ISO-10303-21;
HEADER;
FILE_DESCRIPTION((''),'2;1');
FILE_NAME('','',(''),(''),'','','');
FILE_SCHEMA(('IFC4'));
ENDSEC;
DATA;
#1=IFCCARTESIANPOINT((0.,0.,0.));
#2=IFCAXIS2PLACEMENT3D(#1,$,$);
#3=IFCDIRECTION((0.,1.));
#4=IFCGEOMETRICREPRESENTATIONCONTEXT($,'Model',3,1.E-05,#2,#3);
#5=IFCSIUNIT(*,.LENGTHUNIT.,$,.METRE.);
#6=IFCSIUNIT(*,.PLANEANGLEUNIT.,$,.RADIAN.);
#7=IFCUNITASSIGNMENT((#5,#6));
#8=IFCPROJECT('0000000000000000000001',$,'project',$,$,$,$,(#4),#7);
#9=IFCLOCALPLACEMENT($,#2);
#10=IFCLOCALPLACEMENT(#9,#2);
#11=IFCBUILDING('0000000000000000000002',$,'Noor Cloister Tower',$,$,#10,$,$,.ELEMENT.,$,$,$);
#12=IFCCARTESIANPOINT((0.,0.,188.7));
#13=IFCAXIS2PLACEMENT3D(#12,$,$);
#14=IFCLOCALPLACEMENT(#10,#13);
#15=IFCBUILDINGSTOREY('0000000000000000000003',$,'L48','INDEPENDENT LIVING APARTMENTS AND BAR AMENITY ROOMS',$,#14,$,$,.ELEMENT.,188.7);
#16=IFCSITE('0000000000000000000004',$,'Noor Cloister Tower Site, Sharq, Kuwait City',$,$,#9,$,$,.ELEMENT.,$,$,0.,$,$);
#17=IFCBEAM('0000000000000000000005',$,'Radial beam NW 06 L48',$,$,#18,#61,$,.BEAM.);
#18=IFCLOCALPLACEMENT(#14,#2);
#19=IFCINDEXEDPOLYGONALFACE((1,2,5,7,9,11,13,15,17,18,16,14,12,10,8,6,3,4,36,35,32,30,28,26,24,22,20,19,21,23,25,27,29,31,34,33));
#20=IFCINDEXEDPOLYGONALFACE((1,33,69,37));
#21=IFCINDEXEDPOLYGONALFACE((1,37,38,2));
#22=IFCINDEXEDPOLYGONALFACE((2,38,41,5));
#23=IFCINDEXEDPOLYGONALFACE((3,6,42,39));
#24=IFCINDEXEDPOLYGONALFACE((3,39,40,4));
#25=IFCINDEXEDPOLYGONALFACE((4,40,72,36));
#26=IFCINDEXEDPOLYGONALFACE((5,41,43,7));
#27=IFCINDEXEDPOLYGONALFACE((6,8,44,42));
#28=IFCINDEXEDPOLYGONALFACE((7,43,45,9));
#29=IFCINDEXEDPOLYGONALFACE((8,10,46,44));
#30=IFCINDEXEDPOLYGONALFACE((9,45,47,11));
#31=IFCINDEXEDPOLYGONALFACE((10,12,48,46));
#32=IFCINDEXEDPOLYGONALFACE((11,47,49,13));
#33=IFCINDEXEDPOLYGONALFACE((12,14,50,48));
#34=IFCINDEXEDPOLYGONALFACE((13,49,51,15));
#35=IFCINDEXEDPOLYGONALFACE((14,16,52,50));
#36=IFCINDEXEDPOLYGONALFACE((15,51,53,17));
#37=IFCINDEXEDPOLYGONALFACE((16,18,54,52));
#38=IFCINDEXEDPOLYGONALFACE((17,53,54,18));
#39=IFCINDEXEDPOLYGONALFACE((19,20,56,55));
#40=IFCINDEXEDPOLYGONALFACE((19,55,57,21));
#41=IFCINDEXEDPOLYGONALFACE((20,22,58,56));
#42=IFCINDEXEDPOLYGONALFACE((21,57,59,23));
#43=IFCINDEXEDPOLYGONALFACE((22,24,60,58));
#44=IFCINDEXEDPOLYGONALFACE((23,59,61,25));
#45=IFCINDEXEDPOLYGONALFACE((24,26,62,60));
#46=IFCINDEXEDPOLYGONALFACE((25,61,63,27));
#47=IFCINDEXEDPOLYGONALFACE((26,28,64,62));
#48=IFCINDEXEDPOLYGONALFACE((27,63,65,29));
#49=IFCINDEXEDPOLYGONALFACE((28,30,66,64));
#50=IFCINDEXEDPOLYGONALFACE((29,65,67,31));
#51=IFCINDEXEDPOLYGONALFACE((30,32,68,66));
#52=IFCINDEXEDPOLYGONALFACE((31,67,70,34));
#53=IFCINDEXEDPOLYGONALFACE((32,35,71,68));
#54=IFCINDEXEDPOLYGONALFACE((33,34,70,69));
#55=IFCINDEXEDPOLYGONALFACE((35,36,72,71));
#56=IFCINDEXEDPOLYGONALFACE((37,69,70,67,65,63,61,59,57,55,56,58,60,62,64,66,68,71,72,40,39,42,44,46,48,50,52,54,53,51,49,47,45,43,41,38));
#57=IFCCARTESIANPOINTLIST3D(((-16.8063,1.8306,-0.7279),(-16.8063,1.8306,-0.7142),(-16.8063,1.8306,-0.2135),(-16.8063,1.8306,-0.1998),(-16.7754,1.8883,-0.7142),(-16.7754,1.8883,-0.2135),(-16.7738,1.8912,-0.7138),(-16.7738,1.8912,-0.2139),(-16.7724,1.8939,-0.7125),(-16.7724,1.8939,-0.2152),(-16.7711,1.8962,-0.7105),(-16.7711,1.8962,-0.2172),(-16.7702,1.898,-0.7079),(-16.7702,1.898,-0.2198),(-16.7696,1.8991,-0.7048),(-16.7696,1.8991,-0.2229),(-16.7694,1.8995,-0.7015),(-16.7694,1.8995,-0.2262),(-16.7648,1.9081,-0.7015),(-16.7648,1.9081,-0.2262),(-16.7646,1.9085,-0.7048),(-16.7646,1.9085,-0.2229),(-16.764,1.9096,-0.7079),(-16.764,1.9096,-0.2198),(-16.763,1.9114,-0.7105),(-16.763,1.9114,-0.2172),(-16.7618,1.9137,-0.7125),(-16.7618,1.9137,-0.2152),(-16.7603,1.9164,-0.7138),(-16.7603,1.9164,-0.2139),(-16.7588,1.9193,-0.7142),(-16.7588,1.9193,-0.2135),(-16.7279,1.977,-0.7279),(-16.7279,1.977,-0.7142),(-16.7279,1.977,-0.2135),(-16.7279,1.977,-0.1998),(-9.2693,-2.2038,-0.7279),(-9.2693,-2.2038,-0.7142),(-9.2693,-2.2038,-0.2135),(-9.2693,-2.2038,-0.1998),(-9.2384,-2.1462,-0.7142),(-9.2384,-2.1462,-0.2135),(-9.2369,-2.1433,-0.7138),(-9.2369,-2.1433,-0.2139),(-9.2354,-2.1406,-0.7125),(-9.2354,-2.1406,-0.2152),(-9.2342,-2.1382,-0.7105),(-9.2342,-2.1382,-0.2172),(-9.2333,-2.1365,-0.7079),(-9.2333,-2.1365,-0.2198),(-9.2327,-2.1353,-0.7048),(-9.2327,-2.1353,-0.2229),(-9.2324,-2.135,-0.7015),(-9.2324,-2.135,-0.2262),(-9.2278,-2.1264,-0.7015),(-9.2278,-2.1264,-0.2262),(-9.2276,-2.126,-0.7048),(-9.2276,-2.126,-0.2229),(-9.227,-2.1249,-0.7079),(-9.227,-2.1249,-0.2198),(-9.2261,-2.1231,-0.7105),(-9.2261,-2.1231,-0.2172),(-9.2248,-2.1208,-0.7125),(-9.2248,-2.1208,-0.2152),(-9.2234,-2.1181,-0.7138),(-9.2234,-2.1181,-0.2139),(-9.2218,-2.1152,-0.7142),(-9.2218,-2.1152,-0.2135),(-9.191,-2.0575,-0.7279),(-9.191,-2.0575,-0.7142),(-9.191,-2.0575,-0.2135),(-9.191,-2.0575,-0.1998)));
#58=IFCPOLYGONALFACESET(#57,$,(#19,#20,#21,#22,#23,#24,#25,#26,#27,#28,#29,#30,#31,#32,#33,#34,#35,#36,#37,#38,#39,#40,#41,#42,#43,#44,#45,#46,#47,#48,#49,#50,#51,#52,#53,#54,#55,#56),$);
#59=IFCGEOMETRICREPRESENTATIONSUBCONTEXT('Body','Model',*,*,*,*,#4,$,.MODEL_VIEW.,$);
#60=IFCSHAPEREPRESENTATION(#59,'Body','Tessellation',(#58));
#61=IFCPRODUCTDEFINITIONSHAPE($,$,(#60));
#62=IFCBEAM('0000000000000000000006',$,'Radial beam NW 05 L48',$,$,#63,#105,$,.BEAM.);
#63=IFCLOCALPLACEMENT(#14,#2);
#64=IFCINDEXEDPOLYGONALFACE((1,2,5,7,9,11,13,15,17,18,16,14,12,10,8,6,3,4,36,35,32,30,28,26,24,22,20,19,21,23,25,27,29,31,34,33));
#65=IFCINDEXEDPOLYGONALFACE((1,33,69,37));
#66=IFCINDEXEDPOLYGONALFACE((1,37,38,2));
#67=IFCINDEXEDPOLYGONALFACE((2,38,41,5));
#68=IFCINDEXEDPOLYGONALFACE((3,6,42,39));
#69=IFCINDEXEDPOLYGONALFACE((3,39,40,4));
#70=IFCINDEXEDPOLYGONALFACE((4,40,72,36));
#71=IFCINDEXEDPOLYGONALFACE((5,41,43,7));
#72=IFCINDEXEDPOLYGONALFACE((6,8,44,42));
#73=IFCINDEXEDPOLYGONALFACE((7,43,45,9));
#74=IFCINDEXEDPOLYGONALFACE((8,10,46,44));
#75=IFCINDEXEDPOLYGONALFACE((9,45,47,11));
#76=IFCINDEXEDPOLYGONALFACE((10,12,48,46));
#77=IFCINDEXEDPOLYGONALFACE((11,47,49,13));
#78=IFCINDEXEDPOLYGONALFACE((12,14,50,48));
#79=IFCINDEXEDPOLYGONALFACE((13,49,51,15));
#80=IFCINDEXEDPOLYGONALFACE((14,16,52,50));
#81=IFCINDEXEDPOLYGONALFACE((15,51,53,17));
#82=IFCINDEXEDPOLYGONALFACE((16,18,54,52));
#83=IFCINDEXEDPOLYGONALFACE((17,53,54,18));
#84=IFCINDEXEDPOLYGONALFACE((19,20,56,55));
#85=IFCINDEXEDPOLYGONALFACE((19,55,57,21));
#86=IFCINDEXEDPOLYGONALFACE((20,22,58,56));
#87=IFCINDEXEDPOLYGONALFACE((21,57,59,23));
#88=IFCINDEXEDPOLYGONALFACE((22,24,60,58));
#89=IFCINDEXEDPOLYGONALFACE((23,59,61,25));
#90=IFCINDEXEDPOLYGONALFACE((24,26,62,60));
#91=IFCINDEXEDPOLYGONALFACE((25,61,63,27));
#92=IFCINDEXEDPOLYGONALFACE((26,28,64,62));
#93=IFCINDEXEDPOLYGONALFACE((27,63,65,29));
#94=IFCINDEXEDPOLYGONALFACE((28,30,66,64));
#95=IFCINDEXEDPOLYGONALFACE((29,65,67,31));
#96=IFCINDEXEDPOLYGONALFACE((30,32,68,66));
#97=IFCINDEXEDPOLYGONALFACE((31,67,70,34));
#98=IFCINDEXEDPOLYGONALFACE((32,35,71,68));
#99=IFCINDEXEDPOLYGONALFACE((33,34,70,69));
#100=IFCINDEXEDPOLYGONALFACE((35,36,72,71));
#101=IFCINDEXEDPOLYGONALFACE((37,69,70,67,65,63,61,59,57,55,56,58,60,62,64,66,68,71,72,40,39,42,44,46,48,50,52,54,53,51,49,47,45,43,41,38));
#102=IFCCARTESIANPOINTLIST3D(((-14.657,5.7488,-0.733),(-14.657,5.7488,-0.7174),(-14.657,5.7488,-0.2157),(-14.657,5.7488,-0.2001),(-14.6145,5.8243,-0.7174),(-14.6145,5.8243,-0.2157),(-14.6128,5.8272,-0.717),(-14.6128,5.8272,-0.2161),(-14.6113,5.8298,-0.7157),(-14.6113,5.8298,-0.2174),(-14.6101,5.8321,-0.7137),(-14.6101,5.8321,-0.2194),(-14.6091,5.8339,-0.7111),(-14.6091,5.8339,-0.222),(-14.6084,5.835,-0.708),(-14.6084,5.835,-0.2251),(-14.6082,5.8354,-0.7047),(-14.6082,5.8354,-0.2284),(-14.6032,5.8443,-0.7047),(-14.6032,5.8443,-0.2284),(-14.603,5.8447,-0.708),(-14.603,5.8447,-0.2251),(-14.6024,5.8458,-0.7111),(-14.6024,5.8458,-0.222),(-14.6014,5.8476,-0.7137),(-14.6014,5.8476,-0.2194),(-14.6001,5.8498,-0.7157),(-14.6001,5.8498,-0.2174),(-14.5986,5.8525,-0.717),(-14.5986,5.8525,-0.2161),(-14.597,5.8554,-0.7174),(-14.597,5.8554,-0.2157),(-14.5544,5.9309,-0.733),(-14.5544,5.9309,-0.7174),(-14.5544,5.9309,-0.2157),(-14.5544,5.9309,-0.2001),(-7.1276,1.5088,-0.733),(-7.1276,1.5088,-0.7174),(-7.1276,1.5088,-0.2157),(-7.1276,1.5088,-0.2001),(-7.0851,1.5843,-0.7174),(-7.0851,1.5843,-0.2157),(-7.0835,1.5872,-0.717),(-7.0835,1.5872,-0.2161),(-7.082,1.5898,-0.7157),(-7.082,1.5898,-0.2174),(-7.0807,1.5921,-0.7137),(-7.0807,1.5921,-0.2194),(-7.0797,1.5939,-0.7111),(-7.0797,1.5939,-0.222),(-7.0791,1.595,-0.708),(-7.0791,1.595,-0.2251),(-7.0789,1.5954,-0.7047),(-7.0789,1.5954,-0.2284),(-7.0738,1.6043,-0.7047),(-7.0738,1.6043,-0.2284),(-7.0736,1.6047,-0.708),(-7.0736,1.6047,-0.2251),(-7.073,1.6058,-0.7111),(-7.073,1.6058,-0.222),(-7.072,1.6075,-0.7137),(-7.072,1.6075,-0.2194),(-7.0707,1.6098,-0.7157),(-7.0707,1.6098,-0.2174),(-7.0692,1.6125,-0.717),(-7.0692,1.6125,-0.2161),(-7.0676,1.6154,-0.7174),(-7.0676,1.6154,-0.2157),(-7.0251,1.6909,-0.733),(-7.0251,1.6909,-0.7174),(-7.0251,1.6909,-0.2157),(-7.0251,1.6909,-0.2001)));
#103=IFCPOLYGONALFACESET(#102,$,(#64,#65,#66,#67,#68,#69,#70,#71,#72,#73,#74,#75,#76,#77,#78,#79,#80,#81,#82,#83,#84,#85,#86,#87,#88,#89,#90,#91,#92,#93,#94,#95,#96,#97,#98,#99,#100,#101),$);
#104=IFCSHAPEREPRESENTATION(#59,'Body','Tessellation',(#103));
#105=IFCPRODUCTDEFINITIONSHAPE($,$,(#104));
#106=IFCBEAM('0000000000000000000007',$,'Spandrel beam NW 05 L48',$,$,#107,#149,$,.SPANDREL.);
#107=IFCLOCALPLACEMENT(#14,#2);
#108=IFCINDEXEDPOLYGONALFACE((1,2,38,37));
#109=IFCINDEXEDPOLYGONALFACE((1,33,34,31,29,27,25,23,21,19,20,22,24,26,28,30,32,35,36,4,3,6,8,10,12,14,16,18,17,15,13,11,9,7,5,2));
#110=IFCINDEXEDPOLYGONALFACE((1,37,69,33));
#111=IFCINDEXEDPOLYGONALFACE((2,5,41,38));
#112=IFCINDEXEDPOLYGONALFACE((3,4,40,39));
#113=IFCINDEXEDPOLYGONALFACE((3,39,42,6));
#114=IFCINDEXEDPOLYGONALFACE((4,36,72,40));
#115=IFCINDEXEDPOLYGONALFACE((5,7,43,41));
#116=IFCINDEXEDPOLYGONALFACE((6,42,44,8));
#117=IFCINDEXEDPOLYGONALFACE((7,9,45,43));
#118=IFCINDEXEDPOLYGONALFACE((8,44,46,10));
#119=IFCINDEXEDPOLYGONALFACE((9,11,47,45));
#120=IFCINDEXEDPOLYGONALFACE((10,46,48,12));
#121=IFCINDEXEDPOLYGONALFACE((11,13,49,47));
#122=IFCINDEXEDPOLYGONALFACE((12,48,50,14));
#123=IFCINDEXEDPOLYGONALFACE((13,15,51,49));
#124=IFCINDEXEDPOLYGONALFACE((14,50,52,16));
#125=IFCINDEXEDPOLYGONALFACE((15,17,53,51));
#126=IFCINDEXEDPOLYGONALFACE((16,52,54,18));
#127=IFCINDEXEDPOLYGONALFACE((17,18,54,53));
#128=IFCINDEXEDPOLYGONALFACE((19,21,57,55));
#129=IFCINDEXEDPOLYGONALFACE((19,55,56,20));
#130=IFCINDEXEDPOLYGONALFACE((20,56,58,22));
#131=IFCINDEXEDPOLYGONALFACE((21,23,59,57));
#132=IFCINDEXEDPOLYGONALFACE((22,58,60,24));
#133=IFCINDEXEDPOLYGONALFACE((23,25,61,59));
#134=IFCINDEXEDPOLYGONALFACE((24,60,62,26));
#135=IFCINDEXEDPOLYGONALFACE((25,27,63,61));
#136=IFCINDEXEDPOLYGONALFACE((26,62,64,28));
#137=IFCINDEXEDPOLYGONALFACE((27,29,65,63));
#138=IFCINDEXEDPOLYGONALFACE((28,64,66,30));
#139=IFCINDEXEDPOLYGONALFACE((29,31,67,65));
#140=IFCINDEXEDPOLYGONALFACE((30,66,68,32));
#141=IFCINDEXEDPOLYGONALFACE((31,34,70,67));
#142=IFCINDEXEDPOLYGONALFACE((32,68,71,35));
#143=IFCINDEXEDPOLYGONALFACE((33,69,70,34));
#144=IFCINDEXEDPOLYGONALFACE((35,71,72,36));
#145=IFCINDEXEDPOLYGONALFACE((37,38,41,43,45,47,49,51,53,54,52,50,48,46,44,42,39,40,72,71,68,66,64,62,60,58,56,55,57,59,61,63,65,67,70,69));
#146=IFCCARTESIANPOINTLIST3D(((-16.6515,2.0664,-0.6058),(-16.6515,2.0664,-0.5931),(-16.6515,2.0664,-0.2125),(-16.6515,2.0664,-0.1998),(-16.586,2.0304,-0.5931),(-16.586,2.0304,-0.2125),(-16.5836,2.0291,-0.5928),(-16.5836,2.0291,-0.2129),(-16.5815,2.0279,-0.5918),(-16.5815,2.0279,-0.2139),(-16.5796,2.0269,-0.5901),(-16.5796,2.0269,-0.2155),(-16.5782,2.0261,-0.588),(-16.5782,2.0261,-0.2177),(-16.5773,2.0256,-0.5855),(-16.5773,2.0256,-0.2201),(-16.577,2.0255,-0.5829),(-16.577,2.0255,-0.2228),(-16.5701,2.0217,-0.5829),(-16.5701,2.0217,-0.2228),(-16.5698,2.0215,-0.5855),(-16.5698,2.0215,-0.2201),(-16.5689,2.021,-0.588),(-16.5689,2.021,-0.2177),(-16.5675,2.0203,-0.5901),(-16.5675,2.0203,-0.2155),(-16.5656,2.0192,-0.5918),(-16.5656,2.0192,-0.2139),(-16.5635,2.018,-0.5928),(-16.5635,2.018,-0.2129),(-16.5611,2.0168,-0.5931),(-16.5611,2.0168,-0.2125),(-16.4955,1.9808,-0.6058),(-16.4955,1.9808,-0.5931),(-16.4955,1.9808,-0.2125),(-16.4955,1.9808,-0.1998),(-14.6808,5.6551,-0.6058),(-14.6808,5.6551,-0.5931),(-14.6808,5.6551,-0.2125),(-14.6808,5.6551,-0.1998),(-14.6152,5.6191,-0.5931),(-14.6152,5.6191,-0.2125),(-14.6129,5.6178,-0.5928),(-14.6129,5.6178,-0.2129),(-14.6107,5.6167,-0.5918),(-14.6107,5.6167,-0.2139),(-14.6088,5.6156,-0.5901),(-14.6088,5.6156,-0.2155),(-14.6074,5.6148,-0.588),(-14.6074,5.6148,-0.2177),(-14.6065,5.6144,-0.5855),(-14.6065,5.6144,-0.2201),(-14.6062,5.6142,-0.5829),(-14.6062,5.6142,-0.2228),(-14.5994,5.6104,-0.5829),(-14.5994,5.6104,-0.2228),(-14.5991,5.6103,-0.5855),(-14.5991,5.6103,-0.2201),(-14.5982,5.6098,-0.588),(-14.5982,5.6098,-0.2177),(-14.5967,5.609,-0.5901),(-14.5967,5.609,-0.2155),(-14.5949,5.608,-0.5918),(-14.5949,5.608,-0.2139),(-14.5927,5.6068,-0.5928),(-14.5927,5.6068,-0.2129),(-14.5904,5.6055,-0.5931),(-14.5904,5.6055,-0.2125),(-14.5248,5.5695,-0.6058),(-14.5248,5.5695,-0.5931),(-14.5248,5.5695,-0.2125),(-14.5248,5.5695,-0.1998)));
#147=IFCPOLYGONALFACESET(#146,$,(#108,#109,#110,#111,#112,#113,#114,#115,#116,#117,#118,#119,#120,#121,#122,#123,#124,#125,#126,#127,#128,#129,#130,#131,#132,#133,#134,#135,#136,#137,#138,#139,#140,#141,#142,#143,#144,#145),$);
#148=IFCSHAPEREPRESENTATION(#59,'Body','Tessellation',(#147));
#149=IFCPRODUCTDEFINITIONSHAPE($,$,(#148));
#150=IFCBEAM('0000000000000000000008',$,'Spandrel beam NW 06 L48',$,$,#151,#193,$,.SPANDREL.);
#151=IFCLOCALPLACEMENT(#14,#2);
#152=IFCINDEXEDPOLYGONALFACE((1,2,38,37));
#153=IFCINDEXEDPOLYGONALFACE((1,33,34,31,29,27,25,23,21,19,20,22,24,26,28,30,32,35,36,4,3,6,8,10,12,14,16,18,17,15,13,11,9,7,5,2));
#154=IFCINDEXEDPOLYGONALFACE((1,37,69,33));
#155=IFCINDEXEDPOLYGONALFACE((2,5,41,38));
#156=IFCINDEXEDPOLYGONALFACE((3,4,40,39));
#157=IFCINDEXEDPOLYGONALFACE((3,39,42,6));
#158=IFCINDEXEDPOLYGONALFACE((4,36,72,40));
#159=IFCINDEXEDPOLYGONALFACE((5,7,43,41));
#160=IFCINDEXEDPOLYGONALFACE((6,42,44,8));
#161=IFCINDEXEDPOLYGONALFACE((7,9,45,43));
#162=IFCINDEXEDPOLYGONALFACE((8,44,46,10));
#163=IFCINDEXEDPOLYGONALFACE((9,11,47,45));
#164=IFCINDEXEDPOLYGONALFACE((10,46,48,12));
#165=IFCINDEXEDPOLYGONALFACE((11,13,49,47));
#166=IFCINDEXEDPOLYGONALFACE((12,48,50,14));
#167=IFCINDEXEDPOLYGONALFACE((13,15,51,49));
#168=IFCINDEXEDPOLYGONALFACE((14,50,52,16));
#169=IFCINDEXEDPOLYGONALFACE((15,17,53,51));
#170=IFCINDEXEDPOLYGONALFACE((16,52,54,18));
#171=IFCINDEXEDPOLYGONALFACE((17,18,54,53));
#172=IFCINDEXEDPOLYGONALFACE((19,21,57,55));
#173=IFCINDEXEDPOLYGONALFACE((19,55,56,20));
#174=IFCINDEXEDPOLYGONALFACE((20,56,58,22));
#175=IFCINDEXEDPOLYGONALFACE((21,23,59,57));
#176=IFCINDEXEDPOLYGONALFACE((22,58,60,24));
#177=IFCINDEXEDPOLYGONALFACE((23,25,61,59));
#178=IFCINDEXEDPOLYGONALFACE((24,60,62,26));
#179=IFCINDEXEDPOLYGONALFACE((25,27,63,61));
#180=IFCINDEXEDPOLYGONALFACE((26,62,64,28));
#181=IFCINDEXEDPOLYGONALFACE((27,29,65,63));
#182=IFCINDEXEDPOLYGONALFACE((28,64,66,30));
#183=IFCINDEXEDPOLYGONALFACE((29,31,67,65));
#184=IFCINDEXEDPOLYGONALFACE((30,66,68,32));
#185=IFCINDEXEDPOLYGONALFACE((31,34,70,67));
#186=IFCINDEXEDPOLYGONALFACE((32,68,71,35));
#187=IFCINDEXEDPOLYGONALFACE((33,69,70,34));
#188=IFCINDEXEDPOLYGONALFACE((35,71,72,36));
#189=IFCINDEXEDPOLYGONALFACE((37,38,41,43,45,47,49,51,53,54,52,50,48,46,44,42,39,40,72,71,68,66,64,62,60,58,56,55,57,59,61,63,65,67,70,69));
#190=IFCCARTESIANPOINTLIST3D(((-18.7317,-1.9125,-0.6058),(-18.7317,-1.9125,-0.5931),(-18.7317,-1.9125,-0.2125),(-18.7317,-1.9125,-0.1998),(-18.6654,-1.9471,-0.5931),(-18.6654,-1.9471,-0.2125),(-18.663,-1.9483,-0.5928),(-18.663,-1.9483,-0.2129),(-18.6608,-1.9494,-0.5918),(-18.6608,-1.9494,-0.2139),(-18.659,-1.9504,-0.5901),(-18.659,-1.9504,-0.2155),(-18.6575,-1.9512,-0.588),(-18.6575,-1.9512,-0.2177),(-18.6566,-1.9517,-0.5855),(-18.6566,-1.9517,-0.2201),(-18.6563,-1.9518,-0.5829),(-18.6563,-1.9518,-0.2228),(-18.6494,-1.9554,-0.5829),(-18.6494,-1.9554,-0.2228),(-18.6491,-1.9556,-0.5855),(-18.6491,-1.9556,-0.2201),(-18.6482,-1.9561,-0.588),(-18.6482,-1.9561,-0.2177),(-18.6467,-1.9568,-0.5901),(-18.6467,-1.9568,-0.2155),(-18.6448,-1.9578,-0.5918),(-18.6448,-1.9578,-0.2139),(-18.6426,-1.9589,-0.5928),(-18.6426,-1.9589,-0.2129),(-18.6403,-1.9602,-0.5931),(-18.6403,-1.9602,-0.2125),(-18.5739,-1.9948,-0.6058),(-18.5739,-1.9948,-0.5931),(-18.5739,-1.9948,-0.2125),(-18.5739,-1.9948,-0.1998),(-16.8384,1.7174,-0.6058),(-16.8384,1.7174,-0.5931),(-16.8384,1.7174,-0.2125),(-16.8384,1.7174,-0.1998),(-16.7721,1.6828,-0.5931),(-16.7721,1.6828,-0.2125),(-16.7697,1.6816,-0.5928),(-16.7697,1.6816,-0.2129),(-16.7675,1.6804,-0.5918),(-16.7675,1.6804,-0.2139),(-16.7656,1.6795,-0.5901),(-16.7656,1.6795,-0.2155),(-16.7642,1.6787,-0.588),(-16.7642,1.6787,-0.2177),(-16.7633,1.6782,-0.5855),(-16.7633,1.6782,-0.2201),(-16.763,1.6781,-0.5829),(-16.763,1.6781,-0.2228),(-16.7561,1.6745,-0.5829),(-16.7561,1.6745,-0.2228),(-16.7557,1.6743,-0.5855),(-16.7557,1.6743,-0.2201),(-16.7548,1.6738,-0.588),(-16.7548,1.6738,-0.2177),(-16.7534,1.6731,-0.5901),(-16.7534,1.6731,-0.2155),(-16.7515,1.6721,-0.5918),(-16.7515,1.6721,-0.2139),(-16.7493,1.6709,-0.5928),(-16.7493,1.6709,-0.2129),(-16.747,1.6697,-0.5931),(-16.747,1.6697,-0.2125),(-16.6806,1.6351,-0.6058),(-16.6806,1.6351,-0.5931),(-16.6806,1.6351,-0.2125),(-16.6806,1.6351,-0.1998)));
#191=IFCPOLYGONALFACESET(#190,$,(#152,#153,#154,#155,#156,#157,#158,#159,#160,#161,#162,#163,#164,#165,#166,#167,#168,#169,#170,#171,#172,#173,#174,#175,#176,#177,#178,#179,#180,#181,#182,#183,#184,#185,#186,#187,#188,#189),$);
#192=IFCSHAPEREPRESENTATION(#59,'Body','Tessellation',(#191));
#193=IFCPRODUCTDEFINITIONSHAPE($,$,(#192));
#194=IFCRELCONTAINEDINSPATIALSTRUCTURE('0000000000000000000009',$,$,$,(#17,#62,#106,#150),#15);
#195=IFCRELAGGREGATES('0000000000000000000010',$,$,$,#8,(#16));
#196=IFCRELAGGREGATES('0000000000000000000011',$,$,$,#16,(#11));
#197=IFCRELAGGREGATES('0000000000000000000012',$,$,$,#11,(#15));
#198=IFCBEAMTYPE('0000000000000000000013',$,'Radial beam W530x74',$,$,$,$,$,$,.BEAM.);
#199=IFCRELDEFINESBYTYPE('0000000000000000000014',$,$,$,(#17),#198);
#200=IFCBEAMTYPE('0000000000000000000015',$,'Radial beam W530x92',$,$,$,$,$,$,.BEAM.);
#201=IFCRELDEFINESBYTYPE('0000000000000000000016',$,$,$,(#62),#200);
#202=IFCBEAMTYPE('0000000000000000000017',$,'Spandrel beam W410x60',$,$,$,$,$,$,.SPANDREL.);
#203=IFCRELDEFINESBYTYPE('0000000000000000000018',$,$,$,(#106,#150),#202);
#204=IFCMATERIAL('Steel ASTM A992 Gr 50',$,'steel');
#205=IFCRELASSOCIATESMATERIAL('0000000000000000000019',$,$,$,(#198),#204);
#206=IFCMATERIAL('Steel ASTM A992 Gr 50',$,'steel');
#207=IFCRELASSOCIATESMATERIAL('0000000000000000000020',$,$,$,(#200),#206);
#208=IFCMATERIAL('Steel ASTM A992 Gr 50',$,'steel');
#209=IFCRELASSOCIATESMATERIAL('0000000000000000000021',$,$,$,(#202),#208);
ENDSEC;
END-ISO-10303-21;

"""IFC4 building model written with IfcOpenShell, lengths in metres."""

from ifc_helpers import new_model, si_unit, direction, frame, origin, origin_2d, place, context, subcontext, project, spatial, i_section, extrude, material, material_profile, profile_set, type_object, element, save


model = new_model("IFC4")

# Units and contexts
model_context = context("Model", 3, precision=1e-05, world=origin(), true_north=direction((0.0, 1.0)))
body_context = subcontext(model_context, "Body", "Model", "MODEL_VIEW")
ifc_project = project(units=[si_unit("LENGTHUNIT", "METRE"), si_unit("PLANEANGLEUNIT", "RADIAN")], contexts=[model_context])

# Site, building, storey
site_placement = place(None, origin())
site = spatial("IfcSite", under=ifc_project, at=site_placement, Name="Noor Cloister Tower Site, Sharq, Kuwait City", CompositionType="ELEMENT", RefElevation=0.0)
building_placement = place(site_placement, origin())
building = spatial("IfcBuilding", under=site, at=building_placement, Name="Noor Cloister Tower", CompositionType="ELEMENT")
storey_placement = place(building_placement, frame((0.0, 0.0, 188.7)))
storey = spatial("IfcBuildingStorey", under=building, at=storey_placement, Name="L48", Description="INDEPENDENT LIVING APARTMENTS AND BAR AMENITY ROOMS", CompositionType="ELEMENT", Elevation=188.7)

# Beams
ifc_material_1 = material(Name="Steel ASTM A992 Gr 50", Category="steel")
ifc_material_profile_1 = material_profile(ifc_material_1, i_section(OverallWidth=0.166, OverallDepth=0.5281, WebThickness=0.0098, FlangeThickness=0.0137, FilletRadius=0.0127, at=origin_2d()), Name="W530x74")
ifc_profile_set_1 = profile_set([ifc_material_profile_1], Name="Steel ASTM A992 Gr 50")
beam_type_1 = type_object("IfcBeamType", Name="Radial beam W530x74", PredefinedType="BEAM", material=ifc_profile_set_1)
beam_1_placement = place(storey_placement, frame((-16.7671, 1.9038, -0.4639), z_axis=(0.881635, -0.471932, 0.0), x_axis=(0.471932, 0.881635, 0.0)))
element("IfcBeam", 1, at=beam_1_placement, inside=storey, type_object=beam_type_1, Name="Radial beam NW 06 L48", PredefinedType="BEAM", context=body_context, shape_type="SweptSolid", body=[
    extrude(i_section(OverallWidth=0.166, OverallDepth=0.5281, WebThickness=0.0098, FlangeThickness=0.0137, FilletRadius=0.0127, at=origin_2d()), origin(), (0.0, 0.0, 1.0), 8.5488),
])
ifc_material_2 = material(Name="Steel ASTM A992 Gr 50", Category="steel")
ifc_material_profile_2 = material_profile(ifc_material_2, i_section(OverallWidth=0.209, OverallDepth=0.533, WebThickness=0.0103, FlangeThickness=0.0156, FilletRadius=0.0127, at=origin_2d()), Name="W530x92")
ifc_profile_set_2 = profile_set([ifc_material_profile_2], Name="Steel ASTM A992 Gr 50")
beam_type_2 = type_object("IfcBeamType", Name="Radial beam W530x92", PredefinedType="BEAM", material=ifc_profile_set_2)
beam_2_placement = place(storey_placement, frame((-14.6057, 5.8398, -0.4666), z_axis=(0.87134, -0.49068, 0.0), x_axis=(0.49068, 0.87134, 0.0)))
element("IfcBeam", 2, at=beam_2_placement, inside=storey, type_object=beam_type_2, Name="Radial beam NW 05 L48", PredefinedType="BEAM", context=body_context, shape_type="SweptSolid", body=[
    extrude(i_section(OverallWidth=0.209, OverallDepth=0.533, WebThickness=0.0103, FlangeThickness=0.0156, FilletRadius=0.0127, at=origin_2d()), origin(), (0.0, 0.0, 1.0), 8.6411),
])
ifc_material_3 = material(Name="Steel ASTM A992 Gr 50", Category="steel")
ifc_material_profile_3 = material_profile(ifc_material_3, i_section(OverallWidth=0.178, OverallDepth=0.406, WebThickness=0.0078, FlangeThickness=0.0127, FilletRadius=0.0103, at=origin_2d()), Name="W410x60")
ifc_profile_set_3 = profile_set([ifc_material_profile_3], Name="Steel ASTM A992 Gr 50")
beam_type_3 = type_object("IfcBeamType", Name="Spandrel beam W410x60", PredefinedType="SPANDREL", material=ifc_profile_set_3)
beam_3_placement = place(storey_placement, frame((-14.6028, 5.6123, -0.4028), z_axis=(-0.481349, -0.876529, 0.0), x_axis=(0.876529, -0.481349, 0.0)))
element("IfcBeam", 3, at=beam_3_placement, inside=storey, type_object=beam_type_3, Name="Spandrel beam NW 05 L48", PredefinedType="SPANDREL", context=body_context, shape_type="SweptSolid", body=[
    extrude(i_section(OverallWidth=0.178, OverallDepth=0.406, WebThickness=0.0078, FlangeThickness=0.0127, FilletRadius=0.0103, at=origin_2d()), origin(), (0.0, 0.0, 1.0), 4.0942),
])
beam_4_placement = place(storey_placement, frame((-16.7595, 1.6763, -0.4028), z_axis=(-0.462462, -0.886639, 0.0), x_axis=(0.886639, -0.462462, 0.0)))
element("IfcBeam", 4, at=beam_4_placement, inside=storey, type_object=beam_type_3, Name="Spandrel beam NW 06 L48", PredefinedType="SPANDREL", context=body_context, shape_type="SweptSolid", body=[
    extrude(i_section(OverallWidth=0.178, OverallDepth=0.406, WebThickness=0.0078, FlangeThickness=0.0127, FilletRadius=0.0103, at=origin_2d()), origin(), (0.0, 0.0, 1.0), 4.094),
])

save(model, "model.ifc")
